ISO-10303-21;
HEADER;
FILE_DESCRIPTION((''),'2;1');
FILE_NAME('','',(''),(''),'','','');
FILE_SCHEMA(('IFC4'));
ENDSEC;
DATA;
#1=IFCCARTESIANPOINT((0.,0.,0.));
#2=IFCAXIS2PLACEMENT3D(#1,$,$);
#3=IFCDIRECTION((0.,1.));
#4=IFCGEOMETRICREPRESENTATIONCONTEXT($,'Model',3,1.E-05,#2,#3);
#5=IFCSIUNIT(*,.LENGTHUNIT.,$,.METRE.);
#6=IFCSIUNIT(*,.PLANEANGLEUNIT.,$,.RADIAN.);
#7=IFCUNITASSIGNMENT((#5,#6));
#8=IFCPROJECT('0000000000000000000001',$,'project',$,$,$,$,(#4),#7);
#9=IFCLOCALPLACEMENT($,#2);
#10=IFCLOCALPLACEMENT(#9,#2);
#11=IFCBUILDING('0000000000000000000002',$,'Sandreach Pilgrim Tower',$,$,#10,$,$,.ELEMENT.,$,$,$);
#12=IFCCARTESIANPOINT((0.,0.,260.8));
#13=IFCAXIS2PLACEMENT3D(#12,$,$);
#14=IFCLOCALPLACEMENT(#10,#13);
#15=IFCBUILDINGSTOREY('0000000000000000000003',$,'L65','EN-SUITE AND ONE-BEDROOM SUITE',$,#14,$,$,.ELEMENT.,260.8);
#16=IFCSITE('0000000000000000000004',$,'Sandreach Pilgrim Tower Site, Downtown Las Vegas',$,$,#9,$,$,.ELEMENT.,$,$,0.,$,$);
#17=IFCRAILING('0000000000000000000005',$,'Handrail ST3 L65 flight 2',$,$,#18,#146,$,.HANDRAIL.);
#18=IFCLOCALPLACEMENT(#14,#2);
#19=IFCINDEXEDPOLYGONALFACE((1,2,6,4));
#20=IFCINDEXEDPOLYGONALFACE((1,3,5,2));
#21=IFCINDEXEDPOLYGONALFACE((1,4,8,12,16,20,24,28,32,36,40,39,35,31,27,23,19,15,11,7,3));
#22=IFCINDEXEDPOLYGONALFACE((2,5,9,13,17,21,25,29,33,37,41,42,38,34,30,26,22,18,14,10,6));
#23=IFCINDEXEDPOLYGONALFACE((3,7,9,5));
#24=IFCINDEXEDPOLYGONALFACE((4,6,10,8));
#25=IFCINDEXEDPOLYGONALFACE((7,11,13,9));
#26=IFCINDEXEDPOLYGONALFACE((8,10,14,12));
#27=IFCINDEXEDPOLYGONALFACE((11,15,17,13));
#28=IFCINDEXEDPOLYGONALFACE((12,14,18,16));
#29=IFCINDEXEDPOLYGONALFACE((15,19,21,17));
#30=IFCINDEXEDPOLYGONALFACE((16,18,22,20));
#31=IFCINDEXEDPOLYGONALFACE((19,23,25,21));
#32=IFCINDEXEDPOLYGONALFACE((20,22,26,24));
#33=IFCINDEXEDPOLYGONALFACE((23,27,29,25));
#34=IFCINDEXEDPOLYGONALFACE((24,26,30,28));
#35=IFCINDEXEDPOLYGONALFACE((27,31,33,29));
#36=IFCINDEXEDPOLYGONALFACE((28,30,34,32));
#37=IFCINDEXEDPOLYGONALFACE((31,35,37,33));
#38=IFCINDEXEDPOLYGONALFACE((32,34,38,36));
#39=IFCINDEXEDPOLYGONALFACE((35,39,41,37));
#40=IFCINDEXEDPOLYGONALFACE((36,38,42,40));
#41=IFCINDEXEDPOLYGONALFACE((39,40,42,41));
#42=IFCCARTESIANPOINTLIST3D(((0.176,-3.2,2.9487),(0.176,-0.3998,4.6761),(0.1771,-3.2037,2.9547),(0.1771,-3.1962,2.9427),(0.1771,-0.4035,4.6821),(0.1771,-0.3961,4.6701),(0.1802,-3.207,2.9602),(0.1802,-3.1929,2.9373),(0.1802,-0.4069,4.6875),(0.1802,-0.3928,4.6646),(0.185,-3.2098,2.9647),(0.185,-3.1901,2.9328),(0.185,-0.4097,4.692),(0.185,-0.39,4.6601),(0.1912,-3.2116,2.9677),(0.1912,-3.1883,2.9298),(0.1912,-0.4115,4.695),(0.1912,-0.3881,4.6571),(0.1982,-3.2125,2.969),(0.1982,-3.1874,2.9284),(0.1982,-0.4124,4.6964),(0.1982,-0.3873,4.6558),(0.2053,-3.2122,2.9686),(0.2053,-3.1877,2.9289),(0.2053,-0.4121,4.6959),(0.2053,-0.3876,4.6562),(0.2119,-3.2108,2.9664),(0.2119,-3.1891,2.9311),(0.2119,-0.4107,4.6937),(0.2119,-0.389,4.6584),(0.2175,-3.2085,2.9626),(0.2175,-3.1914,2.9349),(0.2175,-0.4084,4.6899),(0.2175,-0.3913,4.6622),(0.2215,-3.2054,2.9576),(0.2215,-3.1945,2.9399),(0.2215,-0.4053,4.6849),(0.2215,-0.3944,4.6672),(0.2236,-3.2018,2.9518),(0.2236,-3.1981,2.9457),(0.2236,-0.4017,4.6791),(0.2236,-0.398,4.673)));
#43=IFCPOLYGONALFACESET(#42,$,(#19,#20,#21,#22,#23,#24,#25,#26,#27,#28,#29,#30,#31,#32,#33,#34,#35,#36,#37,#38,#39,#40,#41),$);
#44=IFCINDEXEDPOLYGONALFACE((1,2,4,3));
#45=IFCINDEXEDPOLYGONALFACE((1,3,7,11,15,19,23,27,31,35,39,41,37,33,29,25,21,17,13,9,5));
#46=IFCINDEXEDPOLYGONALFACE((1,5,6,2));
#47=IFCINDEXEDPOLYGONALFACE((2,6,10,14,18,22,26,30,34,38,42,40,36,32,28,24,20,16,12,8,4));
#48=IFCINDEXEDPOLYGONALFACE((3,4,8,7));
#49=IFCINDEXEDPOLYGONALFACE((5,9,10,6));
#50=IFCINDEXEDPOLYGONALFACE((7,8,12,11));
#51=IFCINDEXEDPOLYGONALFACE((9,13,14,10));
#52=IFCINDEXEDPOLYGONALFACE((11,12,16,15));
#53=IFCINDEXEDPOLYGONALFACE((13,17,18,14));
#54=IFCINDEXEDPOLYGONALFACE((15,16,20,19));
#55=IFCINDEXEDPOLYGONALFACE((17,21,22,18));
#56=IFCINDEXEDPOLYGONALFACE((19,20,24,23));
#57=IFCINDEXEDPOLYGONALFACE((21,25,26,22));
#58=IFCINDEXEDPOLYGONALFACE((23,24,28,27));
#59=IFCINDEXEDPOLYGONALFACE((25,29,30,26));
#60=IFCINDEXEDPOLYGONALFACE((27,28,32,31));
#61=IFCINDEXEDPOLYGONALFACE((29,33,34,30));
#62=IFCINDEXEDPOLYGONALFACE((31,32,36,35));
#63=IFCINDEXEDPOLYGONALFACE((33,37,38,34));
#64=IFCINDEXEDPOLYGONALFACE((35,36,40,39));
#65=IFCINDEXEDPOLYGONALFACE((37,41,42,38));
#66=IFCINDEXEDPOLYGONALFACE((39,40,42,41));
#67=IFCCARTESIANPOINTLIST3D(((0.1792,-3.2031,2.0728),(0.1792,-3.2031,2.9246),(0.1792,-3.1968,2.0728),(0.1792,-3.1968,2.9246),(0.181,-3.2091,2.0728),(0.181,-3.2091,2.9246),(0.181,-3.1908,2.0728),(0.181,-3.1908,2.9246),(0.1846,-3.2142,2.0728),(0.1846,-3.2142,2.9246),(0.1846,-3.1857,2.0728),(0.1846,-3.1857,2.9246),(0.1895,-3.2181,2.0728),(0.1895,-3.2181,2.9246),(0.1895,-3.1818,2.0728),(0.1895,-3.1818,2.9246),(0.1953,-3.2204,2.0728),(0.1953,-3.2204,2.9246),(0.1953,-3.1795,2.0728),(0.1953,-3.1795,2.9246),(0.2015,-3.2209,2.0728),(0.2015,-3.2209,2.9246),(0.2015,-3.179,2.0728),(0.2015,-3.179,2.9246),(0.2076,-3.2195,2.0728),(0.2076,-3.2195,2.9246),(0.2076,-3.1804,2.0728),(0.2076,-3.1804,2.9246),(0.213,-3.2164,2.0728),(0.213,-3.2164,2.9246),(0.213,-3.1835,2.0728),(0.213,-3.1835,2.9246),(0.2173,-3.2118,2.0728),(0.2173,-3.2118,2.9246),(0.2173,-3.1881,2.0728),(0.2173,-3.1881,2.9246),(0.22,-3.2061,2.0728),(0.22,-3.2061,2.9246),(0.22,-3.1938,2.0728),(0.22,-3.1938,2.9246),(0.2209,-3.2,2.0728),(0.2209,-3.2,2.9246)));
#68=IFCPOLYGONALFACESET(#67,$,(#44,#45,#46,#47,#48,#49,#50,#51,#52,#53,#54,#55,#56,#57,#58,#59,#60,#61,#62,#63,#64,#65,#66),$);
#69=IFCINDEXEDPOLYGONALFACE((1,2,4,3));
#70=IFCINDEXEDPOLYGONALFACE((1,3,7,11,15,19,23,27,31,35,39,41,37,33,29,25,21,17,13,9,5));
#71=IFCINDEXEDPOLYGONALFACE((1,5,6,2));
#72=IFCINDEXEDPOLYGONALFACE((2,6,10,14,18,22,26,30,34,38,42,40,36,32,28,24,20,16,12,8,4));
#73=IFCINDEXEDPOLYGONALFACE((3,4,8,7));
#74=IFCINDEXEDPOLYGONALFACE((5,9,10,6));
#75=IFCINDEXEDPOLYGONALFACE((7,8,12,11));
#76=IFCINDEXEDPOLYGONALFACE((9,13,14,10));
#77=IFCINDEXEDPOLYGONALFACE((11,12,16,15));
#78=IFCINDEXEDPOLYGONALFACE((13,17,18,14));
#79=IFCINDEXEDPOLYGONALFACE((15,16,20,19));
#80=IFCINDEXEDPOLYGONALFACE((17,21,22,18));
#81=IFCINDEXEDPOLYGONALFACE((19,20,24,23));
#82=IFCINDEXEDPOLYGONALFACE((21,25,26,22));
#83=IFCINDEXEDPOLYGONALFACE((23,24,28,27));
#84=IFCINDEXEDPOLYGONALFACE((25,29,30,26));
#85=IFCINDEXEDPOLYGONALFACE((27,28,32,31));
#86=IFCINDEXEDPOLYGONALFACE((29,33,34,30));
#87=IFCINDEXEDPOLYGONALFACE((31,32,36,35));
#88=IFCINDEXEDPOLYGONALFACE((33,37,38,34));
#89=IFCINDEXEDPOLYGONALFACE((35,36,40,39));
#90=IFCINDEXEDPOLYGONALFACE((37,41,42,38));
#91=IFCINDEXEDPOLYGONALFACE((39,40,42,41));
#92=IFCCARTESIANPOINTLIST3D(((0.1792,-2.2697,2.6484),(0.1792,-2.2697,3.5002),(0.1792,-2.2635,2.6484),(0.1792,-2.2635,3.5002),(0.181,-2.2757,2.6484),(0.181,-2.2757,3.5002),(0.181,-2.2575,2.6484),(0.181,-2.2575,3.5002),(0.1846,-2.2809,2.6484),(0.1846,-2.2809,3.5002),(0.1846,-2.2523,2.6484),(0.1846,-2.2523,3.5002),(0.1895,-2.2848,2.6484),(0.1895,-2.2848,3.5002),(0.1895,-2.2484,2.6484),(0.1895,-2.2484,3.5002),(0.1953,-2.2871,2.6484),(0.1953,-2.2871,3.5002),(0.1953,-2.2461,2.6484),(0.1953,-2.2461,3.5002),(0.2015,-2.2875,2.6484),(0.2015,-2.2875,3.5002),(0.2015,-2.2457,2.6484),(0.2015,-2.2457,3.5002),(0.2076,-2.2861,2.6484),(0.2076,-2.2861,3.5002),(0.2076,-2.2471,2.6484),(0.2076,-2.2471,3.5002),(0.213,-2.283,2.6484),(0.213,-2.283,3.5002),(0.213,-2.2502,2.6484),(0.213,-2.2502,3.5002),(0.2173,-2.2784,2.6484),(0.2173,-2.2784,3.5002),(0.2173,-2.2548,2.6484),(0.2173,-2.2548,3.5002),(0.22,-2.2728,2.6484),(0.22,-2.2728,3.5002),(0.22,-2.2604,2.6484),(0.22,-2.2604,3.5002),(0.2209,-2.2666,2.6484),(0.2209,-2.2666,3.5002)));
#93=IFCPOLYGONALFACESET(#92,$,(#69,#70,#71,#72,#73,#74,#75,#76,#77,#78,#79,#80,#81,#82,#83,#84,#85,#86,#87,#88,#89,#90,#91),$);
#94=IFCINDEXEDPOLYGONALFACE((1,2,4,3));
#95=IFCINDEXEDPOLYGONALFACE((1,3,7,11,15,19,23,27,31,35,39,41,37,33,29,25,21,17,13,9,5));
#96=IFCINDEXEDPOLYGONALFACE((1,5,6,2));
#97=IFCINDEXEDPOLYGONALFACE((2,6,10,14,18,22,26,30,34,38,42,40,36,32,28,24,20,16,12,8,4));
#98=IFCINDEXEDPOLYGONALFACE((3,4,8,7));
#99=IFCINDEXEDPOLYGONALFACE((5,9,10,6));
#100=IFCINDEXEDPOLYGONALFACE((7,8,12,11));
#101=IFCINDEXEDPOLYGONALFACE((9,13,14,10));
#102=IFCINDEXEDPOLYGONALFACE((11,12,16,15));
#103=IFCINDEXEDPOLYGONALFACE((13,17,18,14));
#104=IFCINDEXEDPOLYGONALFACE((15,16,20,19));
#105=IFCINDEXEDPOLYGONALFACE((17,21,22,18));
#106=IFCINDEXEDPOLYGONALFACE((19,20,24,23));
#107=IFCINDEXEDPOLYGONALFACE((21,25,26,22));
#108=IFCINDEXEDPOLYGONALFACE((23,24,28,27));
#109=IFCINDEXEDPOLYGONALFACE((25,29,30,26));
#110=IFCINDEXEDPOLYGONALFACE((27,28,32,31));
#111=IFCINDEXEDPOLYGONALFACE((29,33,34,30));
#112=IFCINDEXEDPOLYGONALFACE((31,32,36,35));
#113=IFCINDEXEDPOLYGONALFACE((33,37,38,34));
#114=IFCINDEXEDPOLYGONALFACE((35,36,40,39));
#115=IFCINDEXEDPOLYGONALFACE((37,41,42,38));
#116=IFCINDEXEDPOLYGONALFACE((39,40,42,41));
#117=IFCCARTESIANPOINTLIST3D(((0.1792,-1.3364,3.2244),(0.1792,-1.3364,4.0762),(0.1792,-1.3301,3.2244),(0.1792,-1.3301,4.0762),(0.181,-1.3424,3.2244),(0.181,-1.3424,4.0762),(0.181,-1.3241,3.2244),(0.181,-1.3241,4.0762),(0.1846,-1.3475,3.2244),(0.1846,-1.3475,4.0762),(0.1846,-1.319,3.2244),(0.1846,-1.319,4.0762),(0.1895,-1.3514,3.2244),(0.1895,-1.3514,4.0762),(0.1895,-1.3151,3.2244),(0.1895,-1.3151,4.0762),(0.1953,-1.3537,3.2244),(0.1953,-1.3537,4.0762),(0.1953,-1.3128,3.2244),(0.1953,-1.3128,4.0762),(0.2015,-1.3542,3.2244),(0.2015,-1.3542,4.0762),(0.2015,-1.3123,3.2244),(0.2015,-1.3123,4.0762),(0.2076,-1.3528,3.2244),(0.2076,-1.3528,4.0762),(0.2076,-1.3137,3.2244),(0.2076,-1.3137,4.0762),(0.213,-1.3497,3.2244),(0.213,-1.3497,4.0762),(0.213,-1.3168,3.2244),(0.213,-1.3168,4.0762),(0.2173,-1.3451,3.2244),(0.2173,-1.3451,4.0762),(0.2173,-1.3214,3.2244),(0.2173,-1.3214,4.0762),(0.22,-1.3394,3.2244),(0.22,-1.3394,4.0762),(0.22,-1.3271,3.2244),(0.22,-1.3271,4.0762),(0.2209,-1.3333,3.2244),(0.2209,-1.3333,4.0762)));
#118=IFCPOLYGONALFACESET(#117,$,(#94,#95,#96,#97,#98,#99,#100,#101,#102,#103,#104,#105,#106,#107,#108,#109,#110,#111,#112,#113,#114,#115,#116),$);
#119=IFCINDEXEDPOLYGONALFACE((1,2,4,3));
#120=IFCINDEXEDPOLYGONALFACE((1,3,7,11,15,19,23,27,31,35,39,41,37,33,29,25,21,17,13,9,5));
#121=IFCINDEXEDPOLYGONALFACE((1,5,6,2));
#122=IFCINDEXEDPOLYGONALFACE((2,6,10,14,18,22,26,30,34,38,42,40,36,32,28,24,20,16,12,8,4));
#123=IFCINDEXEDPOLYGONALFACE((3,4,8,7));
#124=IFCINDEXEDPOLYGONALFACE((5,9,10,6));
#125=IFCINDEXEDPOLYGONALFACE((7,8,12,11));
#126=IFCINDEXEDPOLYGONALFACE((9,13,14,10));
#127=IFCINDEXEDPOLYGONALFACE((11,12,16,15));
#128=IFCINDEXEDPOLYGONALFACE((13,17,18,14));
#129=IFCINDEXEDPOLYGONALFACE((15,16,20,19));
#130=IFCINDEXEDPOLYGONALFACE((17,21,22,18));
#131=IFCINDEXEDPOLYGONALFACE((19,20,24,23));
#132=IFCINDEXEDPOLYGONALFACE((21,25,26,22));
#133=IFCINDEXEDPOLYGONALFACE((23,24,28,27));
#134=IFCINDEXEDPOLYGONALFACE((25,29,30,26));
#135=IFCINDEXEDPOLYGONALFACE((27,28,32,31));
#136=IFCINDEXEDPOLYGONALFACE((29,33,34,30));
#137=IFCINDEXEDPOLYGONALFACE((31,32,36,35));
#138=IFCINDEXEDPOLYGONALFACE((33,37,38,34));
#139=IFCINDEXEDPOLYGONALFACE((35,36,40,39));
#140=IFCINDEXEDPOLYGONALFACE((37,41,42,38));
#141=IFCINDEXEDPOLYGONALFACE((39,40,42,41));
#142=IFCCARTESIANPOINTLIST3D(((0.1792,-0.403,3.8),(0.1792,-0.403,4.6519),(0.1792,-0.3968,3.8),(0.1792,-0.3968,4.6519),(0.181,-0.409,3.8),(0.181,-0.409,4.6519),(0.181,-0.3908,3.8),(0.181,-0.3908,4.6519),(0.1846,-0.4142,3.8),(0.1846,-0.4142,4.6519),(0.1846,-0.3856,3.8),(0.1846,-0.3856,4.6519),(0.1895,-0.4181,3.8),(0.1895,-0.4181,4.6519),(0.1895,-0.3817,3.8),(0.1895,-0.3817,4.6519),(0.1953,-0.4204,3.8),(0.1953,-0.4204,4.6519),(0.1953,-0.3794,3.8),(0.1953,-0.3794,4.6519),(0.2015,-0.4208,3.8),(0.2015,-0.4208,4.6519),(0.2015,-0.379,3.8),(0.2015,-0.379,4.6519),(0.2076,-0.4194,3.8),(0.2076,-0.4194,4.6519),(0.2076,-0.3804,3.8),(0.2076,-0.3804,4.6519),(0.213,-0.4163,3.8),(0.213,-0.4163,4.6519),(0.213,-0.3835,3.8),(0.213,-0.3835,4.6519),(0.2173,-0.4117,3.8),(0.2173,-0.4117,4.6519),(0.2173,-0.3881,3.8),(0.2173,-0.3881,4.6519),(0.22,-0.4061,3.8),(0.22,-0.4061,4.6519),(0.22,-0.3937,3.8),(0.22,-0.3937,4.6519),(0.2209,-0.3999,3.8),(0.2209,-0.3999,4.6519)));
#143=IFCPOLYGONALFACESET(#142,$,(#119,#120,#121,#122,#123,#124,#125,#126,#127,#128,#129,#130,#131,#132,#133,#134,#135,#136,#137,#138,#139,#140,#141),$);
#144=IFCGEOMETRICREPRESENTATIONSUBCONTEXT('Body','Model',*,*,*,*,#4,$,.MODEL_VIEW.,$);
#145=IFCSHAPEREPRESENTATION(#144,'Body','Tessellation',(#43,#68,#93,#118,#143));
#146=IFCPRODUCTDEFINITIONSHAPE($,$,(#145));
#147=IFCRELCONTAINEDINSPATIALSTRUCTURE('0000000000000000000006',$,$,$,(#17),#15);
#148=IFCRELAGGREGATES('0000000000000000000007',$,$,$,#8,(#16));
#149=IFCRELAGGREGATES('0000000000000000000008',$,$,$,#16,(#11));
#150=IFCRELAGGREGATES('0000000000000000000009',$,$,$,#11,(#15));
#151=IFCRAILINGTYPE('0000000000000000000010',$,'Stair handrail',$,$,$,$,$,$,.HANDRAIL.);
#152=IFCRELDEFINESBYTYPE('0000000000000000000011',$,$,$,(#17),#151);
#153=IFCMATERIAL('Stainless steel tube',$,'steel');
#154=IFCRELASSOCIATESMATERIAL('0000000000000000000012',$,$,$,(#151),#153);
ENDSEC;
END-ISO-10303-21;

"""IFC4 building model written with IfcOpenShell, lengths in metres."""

from ifc_helpers import new_model, si_unit, direction, frame, origin, origin_2d, place, context, subcontext, project, spatial, circle, extrude, material, type_object, element, save


model = new_model("IFC4")

# Units and contexts
model_context = context("Model", 3, precision=1e-05, world=origin(), true_north=direction((0.0, 1.0)))
body_context = subcontext(model_context, "Body", "Model", "MODEL_VIEW")
ifc_project = project(units=[si_unit("LENGTHUNIT", "METRE"), si_unit("PLANEANGLEUNIT", "RADIAN")], contexts=[model_context])

# Site, building, storey
site_placement = place(None, origin())
site = spatial("IfcSite", under=ifc_project, at=site_placement, Name="Sandreach Pilgrim Tower Site, Downtown Las Vegas", CompositionType="ELEMENT", RefElevation=0.0)
building_placement = place(site_placement, origin())
building = spatial("IfcBuilding", under=site, at=building_placement, Name="Sandreach Pilgrim Tower", CompositionType="ELEMENT")
storey_placement = place(building_placement, frame((0.0, 0.0, 260.8)))
storey = spatial("IfcBuildingStorey", under=building, at=storey_placement, Name="L65", Description="EN-SUITE AND ONE-BEDROOM SUITE", CompositionType="ELEMENT", Elevation=260.8)

# Railing
ifc_material_1 = material(Name="Stainless steel tube", Category="steel")
railing_type = type_object("IfcRailingType", Name="Stair handrail", PredefinedType="HANDRAIL", material=ifc_material_1)
for number, where, name in (
    (1, (0.2, -3.2, 2.0728), "Handrail ST3 L65 flight 2"),
):
    element("IfcRailing", number, at=place(storey_placement, frame(where)), inside=storey, type_object=railing_type, Name=name, PredefinedType="HANDRAIL", context=body_context, shape_type="SweptSolid", body=[
        extrude(circle(Radius=0.0239, at=origin_2d()), frame((0.0, 0.0, 0.876), z_axis=(0.0, 0.85109, 0.52502), x_axis=(-1.0, 0.0, 0.0)), (0.0, 0.0, 1.0), 3.29),
        extrude(circle(Radius=0.021, at=origin_2d()), origin(), (0.0, 0.0, 1.0), 0.8518),
        extrude(circle(Radius=0.021, at=origin_2d()), frame((0.0, 0.9333, 0.5757)), (0.0, 0.0, 1.0), 0.8518),
        extrude(circle(Radius=0.021, at=origin_2d()), frame((0.0, 1.8667, 1.1516)), (0.0, 0.0, 1.0), 0.8518),
        extrude(circle(Radius=0.021, at=origin_2d()), frame((0.0, 2.8, 1.7273)), (0.0, 0.0, 1.0), 0.8518),
    ])

save(model, "model.ifc")
